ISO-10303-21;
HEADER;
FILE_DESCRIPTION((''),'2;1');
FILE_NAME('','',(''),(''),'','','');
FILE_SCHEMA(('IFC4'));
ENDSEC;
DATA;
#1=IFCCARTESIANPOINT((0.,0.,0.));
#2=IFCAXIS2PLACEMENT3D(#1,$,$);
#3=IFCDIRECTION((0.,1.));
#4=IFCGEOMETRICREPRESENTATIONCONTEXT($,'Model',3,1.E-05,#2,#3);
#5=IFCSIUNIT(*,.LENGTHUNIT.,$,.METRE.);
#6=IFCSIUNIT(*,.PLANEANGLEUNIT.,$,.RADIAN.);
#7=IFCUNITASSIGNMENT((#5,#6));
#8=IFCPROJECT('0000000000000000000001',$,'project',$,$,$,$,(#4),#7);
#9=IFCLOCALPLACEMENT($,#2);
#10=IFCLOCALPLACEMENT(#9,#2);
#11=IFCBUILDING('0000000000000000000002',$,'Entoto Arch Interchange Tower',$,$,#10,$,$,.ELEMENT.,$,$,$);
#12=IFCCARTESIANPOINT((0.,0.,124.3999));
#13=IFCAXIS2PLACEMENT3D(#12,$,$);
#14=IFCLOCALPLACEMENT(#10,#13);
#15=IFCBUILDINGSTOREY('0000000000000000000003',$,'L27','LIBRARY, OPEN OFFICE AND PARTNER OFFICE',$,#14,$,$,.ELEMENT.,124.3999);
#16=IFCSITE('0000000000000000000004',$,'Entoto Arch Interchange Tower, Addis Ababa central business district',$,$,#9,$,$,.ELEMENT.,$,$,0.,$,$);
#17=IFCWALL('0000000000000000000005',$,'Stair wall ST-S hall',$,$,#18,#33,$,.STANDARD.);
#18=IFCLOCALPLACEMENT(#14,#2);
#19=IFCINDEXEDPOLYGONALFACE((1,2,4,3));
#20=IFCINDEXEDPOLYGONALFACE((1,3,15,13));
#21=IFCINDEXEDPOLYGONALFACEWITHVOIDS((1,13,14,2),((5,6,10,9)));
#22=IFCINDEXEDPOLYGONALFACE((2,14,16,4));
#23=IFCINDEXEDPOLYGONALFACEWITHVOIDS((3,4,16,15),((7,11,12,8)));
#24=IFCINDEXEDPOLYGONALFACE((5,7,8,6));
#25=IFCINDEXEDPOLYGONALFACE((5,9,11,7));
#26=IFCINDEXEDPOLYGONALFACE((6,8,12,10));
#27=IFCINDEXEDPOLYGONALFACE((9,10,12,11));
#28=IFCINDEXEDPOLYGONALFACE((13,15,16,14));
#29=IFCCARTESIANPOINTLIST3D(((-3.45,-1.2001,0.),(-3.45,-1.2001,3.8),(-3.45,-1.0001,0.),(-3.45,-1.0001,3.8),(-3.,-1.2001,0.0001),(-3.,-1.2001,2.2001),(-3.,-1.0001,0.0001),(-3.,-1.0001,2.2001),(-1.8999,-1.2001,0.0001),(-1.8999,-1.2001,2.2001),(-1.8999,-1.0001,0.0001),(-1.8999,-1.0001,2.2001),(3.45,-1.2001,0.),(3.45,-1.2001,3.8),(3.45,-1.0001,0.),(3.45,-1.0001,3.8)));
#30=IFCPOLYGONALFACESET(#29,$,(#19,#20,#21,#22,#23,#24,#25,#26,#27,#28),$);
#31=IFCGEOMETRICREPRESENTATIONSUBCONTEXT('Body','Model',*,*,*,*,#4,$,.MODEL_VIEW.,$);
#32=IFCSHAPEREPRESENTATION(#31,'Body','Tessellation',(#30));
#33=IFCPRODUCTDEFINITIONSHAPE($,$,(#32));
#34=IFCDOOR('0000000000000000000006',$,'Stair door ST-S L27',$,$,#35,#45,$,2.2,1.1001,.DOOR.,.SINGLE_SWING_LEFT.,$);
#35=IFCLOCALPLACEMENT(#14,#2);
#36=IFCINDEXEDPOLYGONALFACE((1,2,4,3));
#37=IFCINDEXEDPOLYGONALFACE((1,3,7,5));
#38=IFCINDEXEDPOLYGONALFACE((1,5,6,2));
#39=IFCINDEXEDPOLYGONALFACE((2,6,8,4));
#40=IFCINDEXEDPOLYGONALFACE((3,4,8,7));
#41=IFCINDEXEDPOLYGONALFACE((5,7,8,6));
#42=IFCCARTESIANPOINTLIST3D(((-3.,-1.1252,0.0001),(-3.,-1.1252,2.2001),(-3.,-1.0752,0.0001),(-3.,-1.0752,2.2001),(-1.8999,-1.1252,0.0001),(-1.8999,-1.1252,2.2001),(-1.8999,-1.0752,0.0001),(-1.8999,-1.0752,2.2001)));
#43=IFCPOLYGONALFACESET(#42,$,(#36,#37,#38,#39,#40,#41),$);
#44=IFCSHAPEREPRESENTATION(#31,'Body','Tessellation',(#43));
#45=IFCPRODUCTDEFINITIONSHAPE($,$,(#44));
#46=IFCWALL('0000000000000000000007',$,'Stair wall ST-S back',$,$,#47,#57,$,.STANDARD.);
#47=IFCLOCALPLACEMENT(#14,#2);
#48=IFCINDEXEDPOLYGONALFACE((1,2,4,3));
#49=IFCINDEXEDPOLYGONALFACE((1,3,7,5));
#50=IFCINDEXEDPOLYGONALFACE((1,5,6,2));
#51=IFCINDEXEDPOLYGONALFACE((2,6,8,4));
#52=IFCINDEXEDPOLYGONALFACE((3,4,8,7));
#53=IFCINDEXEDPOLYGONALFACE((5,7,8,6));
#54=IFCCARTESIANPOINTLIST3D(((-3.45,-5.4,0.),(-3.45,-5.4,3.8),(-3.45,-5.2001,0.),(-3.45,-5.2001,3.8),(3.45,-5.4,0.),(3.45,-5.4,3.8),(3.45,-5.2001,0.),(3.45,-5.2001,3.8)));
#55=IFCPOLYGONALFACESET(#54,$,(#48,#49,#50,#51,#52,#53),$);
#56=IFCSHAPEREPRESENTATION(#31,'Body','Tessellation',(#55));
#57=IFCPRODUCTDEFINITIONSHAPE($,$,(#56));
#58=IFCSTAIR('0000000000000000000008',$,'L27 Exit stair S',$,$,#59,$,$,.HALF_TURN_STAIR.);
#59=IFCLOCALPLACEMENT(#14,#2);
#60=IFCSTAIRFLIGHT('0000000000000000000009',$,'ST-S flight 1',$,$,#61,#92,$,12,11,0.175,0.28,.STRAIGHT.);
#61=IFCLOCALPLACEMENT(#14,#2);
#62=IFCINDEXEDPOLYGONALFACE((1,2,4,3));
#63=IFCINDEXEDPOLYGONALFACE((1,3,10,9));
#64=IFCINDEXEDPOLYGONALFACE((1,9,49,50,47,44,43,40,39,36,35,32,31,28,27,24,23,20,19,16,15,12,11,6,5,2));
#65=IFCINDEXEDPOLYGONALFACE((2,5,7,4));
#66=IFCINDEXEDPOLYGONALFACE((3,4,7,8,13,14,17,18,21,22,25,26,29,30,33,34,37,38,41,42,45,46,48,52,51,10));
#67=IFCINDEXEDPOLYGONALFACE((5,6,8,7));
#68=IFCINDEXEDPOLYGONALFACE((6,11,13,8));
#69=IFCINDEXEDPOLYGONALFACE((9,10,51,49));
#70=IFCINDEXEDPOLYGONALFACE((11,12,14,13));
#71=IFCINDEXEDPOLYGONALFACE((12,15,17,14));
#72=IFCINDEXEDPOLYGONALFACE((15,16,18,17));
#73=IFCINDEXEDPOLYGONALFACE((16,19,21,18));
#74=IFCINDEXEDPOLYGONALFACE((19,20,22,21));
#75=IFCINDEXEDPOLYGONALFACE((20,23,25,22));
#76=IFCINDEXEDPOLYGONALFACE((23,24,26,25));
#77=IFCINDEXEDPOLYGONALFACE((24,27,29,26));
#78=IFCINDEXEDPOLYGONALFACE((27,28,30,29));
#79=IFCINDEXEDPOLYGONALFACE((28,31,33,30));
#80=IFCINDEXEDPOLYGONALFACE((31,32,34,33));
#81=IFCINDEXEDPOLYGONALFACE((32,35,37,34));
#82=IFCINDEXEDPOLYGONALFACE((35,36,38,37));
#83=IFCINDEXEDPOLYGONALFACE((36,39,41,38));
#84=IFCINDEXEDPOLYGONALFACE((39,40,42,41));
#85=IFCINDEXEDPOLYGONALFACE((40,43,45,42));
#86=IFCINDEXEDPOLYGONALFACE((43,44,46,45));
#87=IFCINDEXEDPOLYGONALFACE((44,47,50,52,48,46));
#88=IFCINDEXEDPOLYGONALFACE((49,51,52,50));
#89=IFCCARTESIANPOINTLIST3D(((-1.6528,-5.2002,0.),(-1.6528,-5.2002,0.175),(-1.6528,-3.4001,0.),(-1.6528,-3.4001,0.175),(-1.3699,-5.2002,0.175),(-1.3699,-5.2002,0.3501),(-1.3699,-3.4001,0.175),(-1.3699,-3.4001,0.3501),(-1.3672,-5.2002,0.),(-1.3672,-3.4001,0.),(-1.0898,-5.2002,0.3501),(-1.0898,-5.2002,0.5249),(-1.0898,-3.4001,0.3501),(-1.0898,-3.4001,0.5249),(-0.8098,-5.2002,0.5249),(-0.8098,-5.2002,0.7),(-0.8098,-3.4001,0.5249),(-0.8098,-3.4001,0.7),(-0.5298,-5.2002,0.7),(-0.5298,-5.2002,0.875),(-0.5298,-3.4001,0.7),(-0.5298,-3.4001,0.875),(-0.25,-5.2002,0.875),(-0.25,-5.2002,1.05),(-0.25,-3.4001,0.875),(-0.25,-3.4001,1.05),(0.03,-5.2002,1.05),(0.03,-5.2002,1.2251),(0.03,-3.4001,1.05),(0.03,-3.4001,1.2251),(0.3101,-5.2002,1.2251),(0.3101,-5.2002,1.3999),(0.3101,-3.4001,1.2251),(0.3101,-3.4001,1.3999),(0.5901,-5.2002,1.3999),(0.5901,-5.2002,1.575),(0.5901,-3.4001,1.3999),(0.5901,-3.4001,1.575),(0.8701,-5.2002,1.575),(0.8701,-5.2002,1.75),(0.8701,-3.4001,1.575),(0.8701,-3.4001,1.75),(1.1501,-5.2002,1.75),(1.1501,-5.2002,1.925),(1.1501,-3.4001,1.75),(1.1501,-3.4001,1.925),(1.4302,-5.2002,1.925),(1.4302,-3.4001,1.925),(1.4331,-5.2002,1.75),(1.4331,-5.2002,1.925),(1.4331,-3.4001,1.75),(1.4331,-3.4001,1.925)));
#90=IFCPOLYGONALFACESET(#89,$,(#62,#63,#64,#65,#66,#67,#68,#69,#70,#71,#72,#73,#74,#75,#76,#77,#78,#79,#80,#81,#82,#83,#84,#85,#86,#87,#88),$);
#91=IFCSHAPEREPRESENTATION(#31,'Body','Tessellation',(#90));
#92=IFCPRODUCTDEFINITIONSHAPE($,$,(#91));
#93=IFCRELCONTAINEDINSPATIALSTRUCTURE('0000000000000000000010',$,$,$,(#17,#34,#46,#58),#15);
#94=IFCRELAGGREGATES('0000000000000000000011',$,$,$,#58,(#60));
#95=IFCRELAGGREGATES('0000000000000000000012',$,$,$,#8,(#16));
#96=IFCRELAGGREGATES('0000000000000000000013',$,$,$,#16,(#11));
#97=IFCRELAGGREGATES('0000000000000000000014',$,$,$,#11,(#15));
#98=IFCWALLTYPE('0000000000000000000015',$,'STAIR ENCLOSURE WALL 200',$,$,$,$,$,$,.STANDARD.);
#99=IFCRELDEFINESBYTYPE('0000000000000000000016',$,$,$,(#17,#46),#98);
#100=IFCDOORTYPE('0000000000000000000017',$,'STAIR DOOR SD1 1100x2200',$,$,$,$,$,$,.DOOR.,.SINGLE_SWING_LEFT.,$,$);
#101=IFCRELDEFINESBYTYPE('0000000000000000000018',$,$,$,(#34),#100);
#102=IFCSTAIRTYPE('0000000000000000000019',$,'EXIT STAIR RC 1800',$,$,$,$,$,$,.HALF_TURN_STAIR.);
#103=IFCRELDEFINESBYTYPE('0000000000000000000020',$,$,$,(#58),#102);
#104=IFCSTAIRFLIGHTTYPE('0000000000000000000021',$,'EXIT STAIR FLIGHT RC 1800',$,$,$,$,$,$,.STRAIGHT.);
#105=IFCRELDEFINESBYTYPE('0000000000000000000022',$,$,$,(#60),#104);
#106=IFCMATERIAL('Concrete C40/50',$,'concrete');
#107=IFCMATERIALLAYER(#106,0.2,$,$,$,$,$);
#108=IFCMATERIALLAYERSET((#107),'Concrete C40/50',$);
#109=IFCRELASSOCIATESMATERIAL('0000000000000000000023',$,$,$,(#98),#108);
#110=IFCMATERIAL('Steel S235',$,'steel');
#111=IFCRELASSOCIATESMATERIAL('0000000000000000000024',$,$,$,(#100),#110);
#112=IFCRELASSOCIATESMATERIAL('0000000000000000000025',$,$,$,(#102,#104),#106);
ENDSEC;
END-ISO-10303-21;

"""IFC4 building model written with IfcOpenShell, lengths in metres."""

from ifc_helpers import new_model, si_unit, direction, frame, frame_2d, origin, place, context, subcontext, project, spatial, polyline, rectangle, outline, extrude, material, layer, layer_set, type_object, element, fill, aggregate, save


model = new_model("IFC4")

# Units and contexts
model_context = context("Model", 3, precision=1e-05, world=origin(), true_north=direction((0.0, 1.0)))
body_context = subcontext(model_context, "Body", "Model", "MODEL_VIEW")
ifc_project = project(units=[si_unit("LENGTHUNIT", "METRE"), si_unit("PLANEANGLEUNIT", "RADIAN")], contexts=[model_context])

# Site, building, storey
site_placement = place(None, origin())
site = spatial("IfcSite", under=ifc_project, at=site_placement, Name="Entoto Arch Interchange Tower, Addis Ababa central business district", CompositionType="ELEMENT", RefElevation=0.0)
building_placement = place(site_placement, origin())
building = spatial("IfcBuilding", under=site, at=building_placement, Name="Entoto Arch Interchange Tower", CompositionType="ELEMENT")
storey_placement = place(building_placement, frame((0.0, 0.0, 124.3999)))
storey = spatial("IfcBuildingStorey", under=building, at=storey_placement, Name="L27", Description="LIBRARY, OPEN OFFICE AND PARTNER OFFICE", CompositionType="ELEMENT", Elevation=124.3999)

# Shared definitions
ifc_material_1 = material(Name="Concrete C40/50", Category="concrete")

# Wall, opening, door
ifc_layer_1 = layer(ifc_material_1, 0.2)
ifc_layer_set_1 = layer_set([ifc_layer_1], Name="Concrete C40/50")
wall_type_1 = type_object("IfcWallType", Name="STAIR ENCLOSURE WALL 200", PredefinedType="STANDARD", material=ifc_layer_set_1)
ifc_material_2 = material(Name="Steel S235", Category="steel")
door_type_1 = type_object("IfcDoorType", Name="STAIR DOOR SD1 1100x2200", OperationType="SINGLE_SWING_LEFT", PredefinedType="DOOR", material=ifc_material_2)
wall_1_placement = place(storey_placement, frame((-3.45, -1.1001, 0.0), z_axis=(0.0, 0.0, 1.0), x_axis=(1.0, 0.0, 0.0)))
wall_1 = element("IfcWall", 1, at=wall_1_placement, inside=storey, type_object=wall_type_1, Name="Stair wall ST-S hall", PredefinedType="STANDARD", context=body_context, shape_type="SweptSolid", body=[
    extrude(rectangle(XDim=6.8999, YDim=0.2, at=frame_2d((3.45, 0.0))), origin(), (0.0, 0.0, 1.0), 3.8),
])
opening_1_placement = place(wall_1_placement, frame((0.45, 0.0, 0.0)))
opening_1 = element("IfcOpeningElement", 2, at=opening_1_placement, cuts=wall_1, PredefinedType="OPENING", context=body_context, shape_type="SweptSolid", body=[
    extrude(rectangle(XDim=1.1001, YDim=2.2, at=frame_2d((0.55, 1.1001))), frame((0.0, 0.1099, 0.0), z_axis=(0.0, -1.0, 0.0), x_axis=(1.0, 0.0, 0.0)), (0.0, 0.0, 1.0), 0.22),
])
door_1_placement = place(opening_1_placement, origin())
door_1 = element("IfcDoor", 3, at=door_1_placement, inside=storey, type_object=door_type_1, Name="Stair door ST-S L27", OperationType="SINGLE_SWING_LEFT", OverallHeight=2.2, OverallWidth=1.1001, PredefinedType="DOOR", context=body_context, shape_type="SweptSolid", body=[
    extrude(rectangle(XDim=1.1001, YDim=2.2, at=frame_2d((0.55, 1.1001))), frame((0.0, 0.0249, 0.0), z_axis=(0.0, -1.0, 0.0), x_axis=(1.0, 0.0, 0.0)), (0.0, 0.0, 1.0), 0.05),
])
fill(opening_1, door_1)

# Wall
wall_2_placement = place(storey_placement, frame((-3.45, -5.3, 0.0), z_axis=(0.0, 0.0, 1.0), x_axis=(1.0, 0.0, 0.0)))
element("IfcWall", 4, at=wall_2_placement, inside=storey, type_object=wall_type_1, Name="Stair wall ST-S back", PredefinedType="STANDARD", context=body_context, shape_type="SweptSolid", body=[
    extrude(rectangle(XDim=6.8999, YDim=0.2, at=frame_2d((3.45, 0.0))), origin(), (0.0, 0.0, 1.0), 3.8),
])

# Stair, stair flight
stair_type = type_object("IfcStairType", Name="EXIT STAIR RC 1800", PredefinedType="HALF_TURN_STAIR", material=ifc_material_1)
stair_placement = place(storey_placement, origin())
stair = element("IfcStair", 5, at=stair_placement, inside=storey, type_object=stair_type, Name="L27 Exit stair S", PredefinedType="HALF_TURN_STAIR")
stair_flight_type = type_object("IfcStairFlightType", Name="EXIT STAIR FLIGHT RC 1800", PredefinedType="STRAIGHT", material=ifc_material_1)
stair_flight_placement = place(storey_placement, frame((-1.6499, -4.3, 0.0), z_axis=(0.0, 0.0, 1.0), x_axis=(1.0, 0.0, 0.0)))
stair_flight = element("IfcStairFlight", 6, at=stair_flight_placement, type_object=stair_flight_type, Name="ST-S flight 1", NumberOfRisers=12, NumberOfTreads=11, PredefinedType="STRAIGHT", RiserHeight=0.175, TreadLength=0.28, context=body_context, shape_type="SweptSolid", body=[
    extrude(outline(polyline([(-0.0029, 0.0), (-0.0029, 0.175), (0.28, 0.175), (0.28, 0.3501), (0.5601, 0.3501), (0.5601, 0.5249), (0.8401, 0.5249), (0.8401, 0.7), (1.1201, 0.7), (1.1201, 0.875), (1.3999, 0.875), (1.3999, 1.05), (1.6799, 1.05), (1.6799, 1.2251), (1.96, 1.2251), (1.96, 1.3999), (2.24, 1.3999), (2.24, 1.575), (2.52, 1.575), (2.52, 1.75), (2.8, 1.75), (2.8, 1.925), (3.0801, 1.925), (3.083, 1.925), (3.083, 1.75), (0.2827, 0.0), (-0.0029, 0.0)])), frame((0.0, 0.8999, 0.0), z_axis=(0.0, -1.0, 0.0), x_axis=(1.0, 0.0, 0.0)), (0.0, 0.0, 1.0), 1.8),
])
aggregate(stair, [stair_flight])

save(model, "model.ifc")
